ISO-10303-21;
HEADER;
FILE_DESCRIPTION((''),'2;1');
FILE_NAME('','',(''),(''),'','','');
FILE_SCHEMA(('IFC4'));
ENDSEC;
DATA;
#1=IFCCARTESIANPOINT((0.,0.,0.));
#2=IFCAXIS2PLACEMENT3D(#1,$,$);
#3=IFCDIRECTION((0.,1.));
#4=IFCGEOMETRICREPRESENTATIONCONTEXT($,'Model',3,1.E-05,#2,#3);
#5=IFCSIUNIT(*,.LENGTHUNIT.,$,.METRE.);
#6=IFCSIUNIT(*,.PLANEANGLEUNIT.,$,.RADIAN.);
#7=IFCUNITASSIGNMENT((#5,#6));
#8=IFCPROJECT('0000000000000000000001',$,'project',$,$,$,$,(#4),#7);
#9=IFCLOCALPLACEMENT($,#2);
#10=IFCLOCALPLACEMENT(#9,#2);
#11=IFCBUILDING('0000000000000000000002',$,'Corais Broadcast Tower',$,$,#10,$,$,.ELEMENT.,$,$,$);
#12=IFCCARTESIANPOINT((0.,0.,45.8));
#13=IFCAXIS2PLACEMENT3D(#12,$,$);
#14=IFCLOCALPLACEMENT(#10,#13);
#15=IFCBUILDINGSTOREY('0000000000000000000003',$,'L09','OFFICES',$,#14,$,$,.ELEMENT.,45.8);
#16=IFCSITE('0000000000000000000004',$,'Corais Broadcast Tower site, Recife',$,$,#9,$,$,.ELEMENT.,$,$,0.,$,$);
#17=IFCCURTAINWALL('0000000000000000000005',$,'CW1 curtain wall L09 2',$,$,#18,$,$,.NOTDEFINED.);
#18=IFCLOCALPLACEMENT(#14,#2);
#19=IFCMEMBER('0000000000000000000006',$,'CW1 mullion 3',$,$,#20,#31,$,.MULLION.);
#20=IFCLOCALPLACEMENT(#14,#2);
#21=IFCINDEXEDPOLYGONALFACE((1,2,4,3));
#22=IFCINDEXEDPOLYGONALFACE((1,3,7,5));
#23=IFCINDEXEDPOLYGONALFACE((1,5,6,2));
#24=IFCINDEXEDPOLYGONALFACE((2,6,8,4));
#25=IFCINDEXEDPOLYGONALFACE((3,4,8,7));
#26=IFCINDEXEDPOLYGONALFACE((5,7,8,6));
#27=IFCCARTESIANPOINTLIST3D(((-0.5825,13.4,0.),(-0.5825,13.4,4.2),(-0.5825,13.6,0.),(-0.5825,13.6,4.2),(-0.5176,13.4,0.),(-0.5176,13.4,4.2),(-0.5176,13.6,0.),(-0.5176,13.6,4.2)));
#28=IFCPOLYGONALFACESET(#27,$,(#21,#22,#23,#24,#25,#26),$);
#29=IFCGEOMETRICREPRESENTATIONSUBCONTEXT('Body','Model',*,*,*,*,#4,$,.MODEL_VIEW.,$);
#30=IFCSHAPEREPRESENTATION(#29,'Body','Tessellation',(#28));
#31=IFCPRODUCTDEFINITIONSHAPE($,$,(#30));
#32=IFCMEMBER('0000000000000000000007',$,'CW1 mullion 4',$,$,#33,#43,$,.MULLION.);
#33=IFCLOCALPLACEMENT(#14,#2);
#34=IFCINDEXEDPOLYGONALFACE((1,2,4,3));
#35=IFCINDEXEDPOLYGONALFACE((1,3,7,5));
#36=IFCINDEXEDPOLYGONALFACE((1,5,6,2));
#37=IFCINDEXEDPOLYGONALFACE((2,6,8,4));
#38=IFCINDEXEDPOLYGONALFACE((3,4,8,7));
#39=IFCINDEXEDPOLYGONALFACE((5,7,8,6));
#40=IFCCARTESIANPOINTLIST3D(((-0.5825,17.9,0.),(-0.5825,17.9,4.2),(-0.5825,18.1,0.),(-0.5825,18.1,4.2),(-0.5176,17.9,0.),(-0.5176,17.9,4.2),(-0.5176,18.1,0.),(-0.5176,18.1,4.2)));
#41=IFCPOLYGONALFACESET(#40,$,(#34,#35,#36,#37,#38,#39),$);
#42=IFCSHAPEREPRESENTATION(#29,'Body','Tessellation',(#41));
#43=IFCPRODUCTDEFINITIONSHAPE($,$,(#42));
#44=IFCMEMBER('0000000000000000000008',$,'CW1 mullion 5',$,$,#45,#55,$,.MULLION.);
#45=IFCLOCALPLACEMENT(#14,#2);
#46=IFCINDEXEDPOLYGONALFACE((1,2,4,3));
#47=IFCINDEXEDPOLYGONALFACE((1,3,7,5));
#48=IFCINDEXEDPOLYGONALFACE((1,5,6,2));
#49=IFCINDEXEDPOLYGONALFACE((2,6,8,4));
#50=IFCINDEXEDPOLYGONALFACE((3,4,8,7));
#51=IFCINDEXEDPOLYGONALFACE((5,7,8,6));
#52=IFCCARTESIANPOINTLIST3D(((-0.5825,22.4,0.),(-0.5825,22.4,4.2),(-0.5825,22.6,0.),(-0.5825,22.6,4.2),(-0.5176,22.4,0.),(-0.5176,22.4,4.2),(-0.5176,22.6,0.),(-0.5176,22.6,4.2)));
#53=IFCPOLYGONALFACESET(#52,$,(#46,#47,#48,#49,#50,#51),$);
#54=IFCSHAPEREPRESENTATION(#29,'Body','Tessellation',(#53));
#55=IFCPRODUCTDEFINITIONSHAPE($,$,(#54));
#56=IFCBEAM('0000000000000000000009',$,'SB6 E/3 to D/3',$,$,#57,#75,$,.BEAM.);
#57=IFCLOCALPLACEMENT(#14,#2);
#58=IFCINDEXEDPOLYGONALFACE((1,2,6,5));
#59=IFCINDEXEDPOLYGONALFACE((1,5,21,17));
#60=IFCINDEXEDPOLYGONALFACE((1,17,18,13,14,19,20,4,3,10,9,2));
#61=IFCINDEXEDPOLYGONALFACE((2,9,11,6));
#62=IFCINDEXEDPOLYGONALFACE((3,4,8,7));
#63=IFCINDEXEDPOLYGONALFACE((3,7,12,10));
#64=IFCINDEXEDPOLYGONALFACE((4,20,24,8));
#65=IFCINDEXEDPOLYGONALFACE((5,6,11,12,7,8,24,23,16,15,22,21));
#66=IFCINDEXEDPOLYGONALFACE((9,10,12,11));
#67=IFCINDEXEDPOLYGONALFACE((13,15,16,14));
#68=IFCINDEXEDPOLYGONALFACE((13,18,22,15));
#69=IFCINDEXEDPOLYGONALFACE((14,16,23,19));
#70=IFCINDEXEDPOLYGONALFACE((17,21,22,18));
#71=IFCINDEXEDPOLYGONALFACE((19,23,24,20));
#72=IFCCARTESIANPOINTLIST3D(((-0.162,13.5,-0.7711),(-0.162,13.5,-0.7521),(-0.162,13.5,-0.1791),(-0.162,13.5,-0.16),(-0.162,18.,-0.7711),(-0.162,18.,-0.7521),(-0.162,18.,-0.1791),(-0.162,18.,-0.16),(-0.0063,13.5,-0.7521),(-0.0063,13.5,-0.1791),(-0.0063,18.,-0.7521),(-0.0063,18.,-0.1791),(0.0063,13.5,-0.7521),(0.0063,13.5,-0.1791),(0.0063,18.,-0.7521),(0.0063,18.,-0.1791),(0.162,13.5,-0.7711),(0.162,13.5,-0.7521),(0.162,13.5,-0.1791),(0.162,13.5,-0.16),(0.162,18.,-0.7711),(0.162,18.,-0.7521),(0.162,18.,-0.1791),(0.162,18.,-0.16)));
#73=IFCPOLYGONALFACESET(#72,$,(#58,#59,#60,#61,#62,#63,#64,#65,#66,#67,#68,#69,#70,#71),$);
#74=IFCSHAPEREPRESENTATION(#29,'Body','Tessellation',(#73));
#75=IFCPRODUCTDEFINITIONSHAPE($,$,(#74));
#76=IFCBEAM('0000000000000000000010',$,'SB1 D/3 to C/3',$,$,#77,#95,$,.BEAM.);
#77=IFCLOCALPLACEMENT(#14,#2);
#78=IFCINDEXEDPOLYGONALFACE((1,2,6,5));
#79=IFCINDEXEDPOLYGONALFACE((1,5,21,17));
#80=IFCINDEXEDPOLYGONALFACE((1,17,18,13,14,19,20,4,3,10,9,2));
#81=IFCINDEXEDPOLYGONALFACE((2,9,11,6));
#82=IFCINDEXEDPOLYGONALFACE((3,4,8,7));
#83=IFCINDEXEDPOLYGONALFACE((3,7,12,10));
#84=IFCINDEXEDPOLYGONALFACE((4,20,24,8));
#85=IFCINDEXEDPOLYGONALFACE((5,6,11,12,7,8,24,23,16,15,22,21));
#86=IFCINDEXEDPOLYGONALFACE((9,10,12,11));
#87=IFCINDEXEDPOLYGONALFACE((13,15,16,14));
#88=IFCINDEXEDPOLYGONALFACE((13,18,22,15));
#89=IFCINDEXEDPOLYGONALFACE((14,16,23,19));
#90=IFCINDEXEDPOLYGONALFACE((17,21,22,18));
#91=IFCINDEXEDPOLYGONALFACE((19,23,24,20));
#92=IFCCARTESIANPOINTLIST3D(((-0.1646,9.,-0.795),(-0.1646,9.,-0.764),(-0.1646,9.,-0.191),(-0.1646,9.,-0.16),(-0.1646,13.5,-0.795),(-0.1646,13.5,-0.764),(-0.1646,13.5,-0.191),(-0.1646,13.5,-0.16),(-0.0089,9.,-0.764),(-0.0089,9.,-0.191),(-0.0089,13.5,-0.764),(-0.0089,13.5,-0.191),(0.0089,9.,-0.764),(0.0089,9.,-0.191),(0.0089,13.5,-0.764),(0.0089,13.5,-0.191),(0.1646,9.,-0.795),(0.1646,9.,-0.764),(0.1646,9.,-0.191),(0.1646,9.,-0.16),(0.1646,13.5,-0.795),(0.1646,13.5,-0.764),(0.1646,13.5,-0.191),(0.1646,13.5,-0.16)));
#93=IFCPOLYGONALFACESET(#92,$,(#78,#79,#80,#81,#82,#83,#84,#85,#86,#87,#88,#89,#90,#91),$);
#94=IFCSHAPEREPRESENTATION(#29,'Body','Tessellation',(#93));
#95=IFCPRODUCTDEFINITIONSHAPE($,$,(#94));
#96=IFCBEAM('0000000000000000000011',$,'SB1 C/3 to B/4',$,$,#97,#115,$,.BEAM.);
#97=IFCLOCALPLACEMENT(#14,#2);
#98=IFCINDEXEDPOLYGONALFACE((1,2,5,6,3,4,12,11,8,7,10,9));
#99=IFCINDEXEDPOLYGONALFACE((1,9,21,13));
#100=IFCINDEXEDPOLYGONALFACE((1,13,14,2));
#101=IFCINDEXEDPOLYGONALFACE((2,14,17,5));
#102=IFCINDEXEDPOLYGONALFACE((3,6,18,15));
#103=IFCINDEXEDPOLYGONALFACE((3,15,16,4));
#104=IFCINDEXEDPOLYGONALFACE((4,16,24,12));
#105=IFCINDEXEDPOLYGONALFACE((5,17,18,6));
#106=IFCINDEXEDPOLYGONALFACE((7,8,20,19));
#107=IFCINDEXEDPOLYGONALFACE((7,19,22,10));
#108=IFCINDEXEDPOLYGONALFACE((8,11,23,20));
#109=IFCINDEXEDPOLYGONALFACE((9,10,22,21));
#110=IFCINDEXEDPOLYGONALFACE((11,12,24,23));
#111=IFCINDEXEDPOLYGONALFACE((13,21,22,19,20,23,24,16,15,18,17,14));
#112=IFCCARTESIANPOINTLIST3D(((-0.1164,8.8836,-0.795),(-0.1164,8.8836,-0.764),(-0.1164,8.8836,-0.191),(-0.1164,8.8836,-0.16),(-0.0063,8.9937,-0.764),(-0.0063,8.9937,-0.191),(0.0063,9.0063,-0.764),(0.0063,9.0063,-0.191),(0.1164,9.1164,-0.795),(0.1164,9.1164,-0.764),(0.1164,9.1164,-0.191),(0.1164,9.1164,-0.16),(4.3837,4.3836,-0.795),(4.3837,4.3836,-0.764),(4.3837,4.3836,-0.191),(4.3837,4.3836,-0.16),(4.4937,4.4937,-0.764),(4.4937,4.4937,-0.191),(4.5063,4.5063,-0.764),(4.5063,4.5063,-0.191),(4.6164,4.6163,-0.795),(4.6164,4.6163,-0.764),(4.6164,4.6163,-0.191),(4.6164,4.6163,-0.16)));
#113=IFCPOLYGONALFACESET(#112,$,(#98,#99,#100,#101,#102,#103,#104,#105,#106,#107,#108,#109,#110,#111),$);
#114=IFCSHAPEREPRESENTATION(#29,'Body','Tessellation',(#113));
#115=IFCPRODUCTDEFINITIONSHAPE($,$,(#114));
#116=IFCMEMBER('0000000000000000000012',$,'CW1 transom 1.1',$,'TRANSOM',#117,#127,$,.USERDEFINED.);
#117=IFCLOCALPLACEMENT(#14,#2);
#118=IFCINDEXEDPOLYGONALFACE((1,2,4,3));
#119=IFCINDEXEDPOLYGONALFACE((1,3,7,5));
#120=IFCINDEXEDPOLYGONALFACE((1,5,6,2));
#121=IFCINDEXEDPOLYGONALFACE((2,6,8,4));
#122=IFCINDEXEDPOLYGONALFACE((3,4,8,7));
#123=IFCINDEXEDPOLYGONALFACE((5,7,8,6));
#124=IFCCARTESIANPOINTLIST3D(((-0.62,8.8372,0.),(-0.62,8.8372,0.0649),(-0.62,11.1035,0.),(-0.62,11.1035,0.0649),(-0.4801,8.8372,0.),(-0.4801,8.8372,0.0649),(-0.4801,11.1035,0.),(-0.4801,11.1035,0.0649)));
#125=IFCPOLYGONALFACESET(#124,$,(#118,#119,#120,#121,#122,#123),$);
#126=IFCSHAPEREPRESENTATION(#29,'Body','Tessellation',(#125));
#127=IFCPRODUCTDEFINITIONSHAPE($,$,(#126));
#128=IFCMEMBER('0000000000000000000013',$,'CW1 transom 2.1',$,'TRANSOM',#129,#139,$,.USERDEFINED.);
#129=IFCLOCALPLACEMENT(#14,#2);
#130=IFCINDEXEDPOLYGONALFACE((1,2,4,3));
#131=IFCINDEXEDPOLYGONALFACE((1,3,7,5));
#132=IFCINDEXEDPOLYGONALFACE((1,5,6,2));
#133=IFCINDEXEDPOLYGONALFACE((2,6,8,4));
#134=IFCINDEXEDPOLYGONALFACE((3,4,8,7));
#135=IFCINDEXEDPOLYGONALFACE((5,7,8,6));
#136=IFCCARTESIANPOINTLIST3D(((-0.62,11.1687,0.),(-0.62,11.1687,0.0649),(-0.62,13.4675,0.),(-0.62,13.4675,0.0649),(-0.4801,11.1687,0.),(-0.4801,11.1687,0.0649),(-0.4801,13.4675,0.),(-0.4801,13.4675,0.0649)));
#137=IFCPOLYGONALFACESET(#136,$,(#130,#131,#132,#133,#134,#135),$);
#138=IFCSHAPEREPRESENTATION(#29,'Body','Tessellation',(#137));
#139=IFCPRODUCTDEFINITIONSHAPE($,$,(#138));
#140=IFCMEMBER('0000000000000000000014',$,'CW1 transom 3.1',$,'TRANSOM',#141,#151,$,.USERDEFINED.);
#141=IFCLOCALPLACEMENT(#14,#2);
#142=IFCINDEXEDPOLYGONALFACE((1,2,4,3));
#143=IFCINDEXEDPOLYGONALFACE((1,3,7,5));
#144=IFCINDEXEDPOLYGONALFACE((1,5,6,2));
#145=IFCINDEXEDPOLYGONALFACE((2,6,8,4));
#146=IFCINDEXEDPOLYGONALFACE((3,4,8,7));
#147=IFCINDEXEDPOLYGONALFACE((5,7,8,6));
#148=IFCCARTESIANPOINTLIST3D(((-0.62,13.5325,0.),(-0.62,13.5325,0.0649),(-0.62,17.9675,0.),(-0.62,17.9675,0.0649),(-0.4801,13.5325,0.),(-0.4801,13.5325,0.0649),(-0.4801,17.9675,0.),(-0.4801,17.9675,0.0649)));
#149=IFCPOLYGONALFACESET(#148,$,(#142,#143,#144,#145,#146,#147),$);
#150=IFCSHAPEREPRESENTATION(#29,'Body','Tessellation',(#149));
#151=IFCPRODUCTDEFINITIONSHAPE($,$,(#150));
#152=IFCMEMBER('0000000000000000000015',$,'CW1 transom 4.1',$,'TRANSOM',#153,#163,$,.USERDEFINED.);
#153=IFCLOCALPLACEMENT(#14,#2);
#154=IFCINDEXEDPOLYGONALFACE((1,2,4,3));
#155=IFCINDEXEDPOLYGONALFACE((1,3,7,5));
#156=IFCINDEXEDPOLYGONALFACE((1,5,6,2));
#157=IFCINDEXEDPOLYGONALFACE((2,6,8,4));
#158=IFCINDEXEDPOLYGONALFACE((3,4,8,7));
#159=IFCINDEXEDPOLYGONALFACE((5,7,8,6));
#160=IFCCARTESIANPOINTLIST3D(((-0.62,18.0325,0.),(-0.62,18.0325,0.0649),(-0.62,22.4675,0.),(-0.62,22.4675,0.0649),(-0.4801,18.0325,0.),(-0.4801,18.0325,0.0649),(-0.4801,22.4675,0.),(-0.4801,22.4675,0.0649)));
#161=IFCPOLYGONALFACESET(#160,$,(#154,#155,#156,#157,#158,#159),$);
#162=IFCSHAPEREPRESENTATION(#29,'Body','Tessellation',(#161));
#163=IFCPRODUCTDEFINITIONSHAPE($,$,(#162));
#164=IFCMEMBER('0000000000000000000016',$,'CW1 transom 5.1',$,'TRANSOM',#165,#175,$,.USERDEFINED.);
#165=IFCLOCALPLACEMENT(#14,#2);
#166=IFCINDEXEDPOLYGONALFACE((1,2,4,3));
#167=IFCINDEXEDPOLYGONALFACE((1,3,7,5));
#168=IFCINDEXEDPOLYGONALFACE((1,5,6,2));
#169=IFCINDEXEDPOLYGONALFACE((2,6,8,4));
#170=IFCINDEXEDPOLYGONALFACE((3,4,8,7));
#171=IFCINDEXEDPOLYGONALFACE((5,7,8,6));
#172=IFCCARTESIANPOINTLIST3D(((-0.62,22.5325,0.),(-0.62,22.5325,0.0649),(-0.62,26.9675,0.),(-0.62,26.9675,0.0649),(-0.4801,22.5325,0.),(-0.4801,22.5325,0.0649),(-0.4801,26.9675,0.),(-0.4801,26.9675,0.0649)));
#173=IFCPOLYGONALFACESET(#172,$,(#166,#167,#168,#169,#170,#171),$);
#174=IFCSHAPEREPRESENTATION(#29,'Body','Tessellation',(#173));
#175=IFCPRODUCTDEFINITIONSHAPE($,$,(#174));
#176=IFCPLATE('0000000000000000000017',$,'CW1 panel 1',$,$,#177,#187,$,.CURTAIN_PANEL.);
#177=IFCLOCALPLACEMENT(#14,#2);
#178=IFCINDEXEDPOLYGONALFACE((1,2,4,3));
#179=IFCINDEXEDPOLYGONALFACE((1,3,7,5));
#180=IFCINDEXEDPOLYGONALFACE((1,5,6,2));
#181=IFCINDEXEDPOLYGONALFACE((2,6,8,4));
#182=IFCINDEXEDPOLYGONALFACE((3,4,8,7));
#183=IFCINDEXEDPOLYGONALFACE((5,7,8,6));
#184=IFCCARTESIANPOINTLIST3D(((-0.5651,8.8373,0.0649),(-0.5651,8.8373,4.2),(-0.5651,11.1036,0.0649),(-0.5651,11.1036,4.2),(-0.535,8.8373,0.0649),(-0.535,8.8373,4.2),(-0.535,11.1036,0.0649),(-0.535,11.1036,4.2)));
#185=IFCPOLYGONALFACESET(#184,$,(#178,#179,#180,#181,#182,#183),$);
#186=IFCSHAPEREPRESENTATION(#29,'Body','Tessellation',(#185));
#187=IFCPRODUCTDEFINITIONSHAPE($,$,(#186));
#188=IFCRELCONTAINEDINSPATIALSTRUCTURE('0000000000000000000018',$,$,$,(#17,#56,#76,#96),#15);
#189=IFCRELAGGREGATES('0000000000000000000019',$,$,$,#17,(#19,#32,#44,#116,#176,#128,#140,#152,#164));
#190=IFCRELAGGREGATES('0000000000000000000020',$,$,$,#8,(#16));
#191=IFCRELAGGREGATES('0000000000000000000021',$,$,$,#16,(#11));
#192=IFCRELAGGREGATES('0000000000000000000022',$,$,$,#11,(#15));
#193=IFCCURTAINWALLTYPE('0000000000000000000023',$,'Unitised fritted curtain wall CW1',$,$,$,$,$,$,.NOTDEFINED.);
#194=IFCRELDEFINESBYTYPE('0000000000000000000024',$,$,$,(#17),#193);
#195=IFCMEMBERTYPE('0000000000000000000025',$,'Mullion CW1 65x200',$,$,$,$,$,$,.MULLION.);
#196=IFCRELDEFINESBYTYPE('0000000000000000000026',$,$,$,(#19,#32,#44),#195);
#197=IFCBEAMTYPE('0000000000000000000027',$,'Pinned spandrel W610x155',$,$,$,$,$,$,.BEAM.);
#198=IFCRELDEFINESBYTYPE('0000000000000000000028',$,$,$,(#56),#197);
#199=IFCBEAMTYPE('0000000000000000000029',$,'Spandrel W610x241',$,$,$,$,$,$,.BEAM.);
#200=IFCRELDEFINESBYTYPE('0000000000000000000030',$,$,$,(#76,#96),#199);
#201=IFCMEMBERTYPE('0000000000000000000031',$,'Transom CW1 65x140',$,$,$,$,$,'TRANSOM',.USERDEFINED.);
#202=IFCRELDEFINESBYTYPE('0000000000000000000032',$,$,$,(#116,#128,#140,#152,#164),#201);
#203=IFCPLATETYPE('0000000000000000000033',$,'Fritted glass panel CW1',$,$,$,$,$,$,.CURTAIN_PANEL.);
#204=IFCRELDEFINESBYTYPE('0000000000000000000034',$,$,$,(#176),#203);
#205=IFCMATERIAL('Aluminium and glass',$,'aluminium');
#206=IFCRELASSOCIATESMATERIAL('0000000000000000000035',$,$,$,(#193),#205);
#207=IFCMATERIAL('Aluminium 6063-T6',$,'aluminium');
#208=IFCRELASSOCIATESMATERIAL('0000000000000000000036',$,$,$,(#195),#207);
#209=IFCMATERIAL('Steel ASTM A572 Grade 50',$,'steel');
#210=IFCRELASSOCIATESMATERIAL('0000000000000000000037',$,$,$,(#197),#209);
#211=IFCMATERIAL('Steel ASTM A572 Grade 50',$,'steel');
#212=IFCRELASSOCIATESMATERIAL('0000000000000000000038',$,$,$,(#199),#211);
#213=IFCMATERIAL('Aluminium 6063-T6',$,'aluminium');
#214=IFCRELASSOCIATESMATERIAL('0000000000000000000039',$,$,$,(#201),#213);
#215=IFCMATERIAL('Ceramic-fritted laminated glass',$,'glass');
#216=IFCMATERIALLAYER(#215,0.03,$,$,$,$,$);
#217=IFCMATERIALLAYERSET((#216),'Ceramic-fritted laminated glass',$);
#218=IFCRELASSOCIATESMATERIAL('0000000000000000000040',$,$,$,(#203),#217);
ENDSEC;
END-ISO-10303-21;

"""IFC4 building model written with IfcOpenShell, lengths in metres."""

from ifc_helpers import new_model, si_unit, direction, frame, origin, origin_2d, place, context, subcontext, project, spatial, rectangle, i_section, extrude, material, layer, layer_set, material_profile, profile_set, type_object, element, aggregate, save


model = new_model("IFC4")

# Units and contexts
model_context = context("Model", 3, precision=1e-05, world=origin(), true_north=direction((0.0, 1.0)))
body_context = subcontext(model_context, "Body", "Model", "MODEL_VIEW")
ifc_project = project(units=[si_unit("LENGTHUNIT", "METRE"), si_unit("PLANEANGLEUNIT", "RADIAN")], contexts=[model_context])

# Site, building, storey
site_placement = place(None, origin())
site = spatial("IfcSite", under=ifc_project, at=site_placement, Name="Corais Broadcast Tower site, Recife", CompositionType="ELEMENT", RefElevation=0.0)
building_placement = place(site_placement, origin())
building = spatial("IfcBuilding", under=site, at=building_placement, Name="Corais Broadcast Tower", CompositionType="ELEMENT")
storey_placement = place(building_placement, frame((0.0, 0.0, 45.8)))
storey = spatial("IfcBuildingStorey", under=building, at=storey_placement, Name="L09", Description="OFFICES", CompositionType="ELEMENT", Elevation=45.8)

# Shared definitions
ifc_material_1 = material(Name="Aluminium and glass", Category="aluminium")
curtain_wall_type = type_object("IfcCurtainWallType", Name="Unitised fritted curtain wall CW1", PredefinedType="NOTDEFINED", material=ifc_material_1)
ifc_material_2 = material(Name="Aluminium 6063-T6", Category="aluminium")
ifc_material_profile_1 = material_profile(ifc_material_2, rectangle(XDim=0.0649, YDim=0.2, at=origin_2d()), Name="Mullion CW1 65x200")
ifc_profile_set_1 = profile_set([ifc_material_profile_1], Name="Aluminium 6063-T6")
member_type_1 = type_object("IfcMemberType", Name="Mullion CW1 65x200", PredefinedType="MULLION", material=ifc_profile_set_1)

# Curtain wall, members
curtain_wall_1_placement = place(storey_placement, origin())
curtain_wall_1 = element("IfcCurtainWall", 1, at=curtain_wall_1_placement, inside=storey, type_object=curtain_wall_type, Name="CW1 curtain wall L09 2", PredefinedType="NOTDEFINED")
member_1_placement = place(storey_placement, frame((-0.55, 13.5, 0.0), z_axis=(0.0, 0.0, 1.0), x_axis=(-1.0, 0.0, 0.0)))
member_1 = element("IfcMember", 2, at=member_1_placement, type_object=member_type_1, Name="CW1 mullion 3", PredefinedType="MULLION", context=body_context, shape_type="SweptSolid", body=[
    extrude(rectangle(XDim=0.0649, YDim=0.2, at=origin_2d()), origin(), (0.0, 0.0, 1.0), 4.2),
])
member_2_placement = place(storey_placement, frame((-0.55, 18.0, 0.0), z_axis=(0.0, 0.0, 1.0), x_axis=(-1.0, 0.0, 0.0)))
member_2 = element("IfcMember", 3, at=member_2_placement, type_object=member_type_1, Name="CW1 mullion 4", PredefinedType="MULLION", context=body_context, shape_type="SweptSolid", body=[
    extrude(rectangle(XDim=0.0649, YDim=0.2, at=origin_2d()), origin(), (0.0, 0.0, 1.0), 4.2),
])
member_3_placement = place(storey_placement, frame((-0.55, 22.5, 0.0), z_axis=(0.0, 0.0, 1.0), x_axis=(-1.0, 0.0, 0.0)))
member_3 = element("IfcMember", 4, at=member_3_placement, type_object=member_type_1, Name="CW1 mullion 5", PredefinedType="MULLION", context=body_context, shape_type="SweptSolid", body=[
    extrude(rectangle(XDim=0.0649, YDim=0.2, at=origin_2d()), origin(), (0.0, 0.0, 1.0), 4.2),
])

# Beams
ifc_material_3 = material(Name="Steel ASTM A572 Grade 50", Category="steel")
ifc_material_profile_2 = material_profile(ifc_material_3, i_section(OverallWidth=0.324, OverallDepth=0.6111, WebThickness=0.0127, FlangeThickness=0.019, at=origin_2d()), Name="W610x155")
ifc_profile_set_2 = profile_set([ifc_material_profile_2], Name="Steel ASTM A572 Grade 50")
beam_type_1 = type_object("IfcBeamType", Name="Pinned spandrel W610x155", PredefinedType="BEAM", material=ifc_profile_set_2)
beam_1_placement = place(storey_placement, frame((0.0, 18.0, -0.4656), z_axis=(0.0, -1.0, 0.0), x_axis=(1.0, 0.0, 0.0)))
element("IfcBeam", 5, at=beam_1_placement, inside=storey, type_object=beam_type_1, Name="SB6 E/3 to D/3", PredefinedType="BEAM", context=body_context, shape_type="SweptSolid", body=[
    extrude(i_section(OverallWidth=0.324, OverallDepth=0.6111, WebThickness=0.0127, FlangeThickness=0.019, at=origin_2d()), origin(), (0.0, 0.0, 1.0), 4.5),
])
ifc_material_4 = material(Name="Steel ASTM A572 Grade 50", Category="steel")
ifc_material_profile_3 = material_profile(ifc_material_4, i_section(OverallWidth=0.3291, OverallDepth=0.635, WebThickness=0.0178, FlangeThickness=0.031, at=origin_2d()), Name="W610x241")
ifc_profile_set_3 = profile_set([ifc_material_profile_3], Name="Steel ASTM A572 Grade 50")
beam_type_2 = type_object("IfcBeamType", Name="Spandrel W610x241", PredefinedType="BEAM", material=ifc_profile_set_3)
beam_2_placement = place(storey_placement, frame((0.0, 13.5, -0.4775), z_axis=(0.0, -1.0, 0.0), x_axis=(1.0, 0.0, 0.0)))
element("IfcBeam", 6, at=beam_2_placement, inside=storey, type_object=beam_type_2, Name="SB1 D/3 to C/3", PredefinedType="BEAM", context=body_context, shape_type="SweptSolid", body=[
    extrude(i_section(OverallWidth=0.3291, OverallDepth=0.635, WebThickness=0.0178, FlangeThickness=0.031, at=origin_2d()), origin(), (0.0, 0.0, 1.0), 4.5),
])
beam_3_placement = place(storey_placement, frame((0.0, 9.0, -0.4775), z_axis=(0.707107, -0.707107, 0.0), x_axis=(0.707107, 0.707107, 0.0)))
element("IfcBeam", 7, at=beam_3_placement, inside=storey, type_object=beam_type_2, Name="SB1 C/3 to B/4", PredefinedType="BEAM", context=body_context, shape_type="SweptSolid", body=[
    extrude(i_section(OverallWidth=0.3291, OverallDepth=0.635, WebThickness=0.0178, FlangeThickness=0.031, at=origin_2d()), origin(), (0.0, 0.0, 1.0), 6.364),
])

# Members
ifc_material_5 = material(Name="Aluminium 6063-T6", Category="aluminium")
ifc_material_profile_4 = material_profile(ifc_material_5, rectangle(XDim=0.1399, YDim=0.0649, at=origin_2d()), Name="Transom CW1 65x140")
ifc_profile_set_4 = profile_set([ifc_material_profile_4], Name="Aluminium 6063-T6")
member_type_2 = type_object("IfcMemberType", Name="Transom CW1 65x140", ElementType="TRANSOM", PredefinedType="USERDEFINED", material=ifc_profile_set_4)
member_4_placement = place(storey_placement, frame((-0.55, 8.8372, 0.0325), z_axis=(0.0, 1.0, 0.0), x_axis=(-1.0, 0.0, 0.0)))
member_4 = element("IfcMember", 8, at=member_4_placement, type_object=member_type_2, Name="CW1 transom 1.1", ObjectType="TRANSOM", PredefinedType="USERDEFINED", context=body_context, shape_type="SweptSolid", body=[
    extrude(rectangle(XDim=0.1399, YDim=0.0649, at=origin_2d()), origin(), (0.0, 0.0, 1.0), 2.2664),
])
member_5_placement = place(storey_placement, frame((-0.55, 11.1687, 0.0325), z_axis=(0.0, 1.0, 0.0), x_axis=(-1.0, 0.0, 0.0)))
member_5 = element("IfcMember", 9, at=member_5_placement, type_object=member_type_2, Name="CW1 transom 2.1", ObjectType="TRANSOM", PredefinedType="USERDEFINED", context=body_context, shape_type="SweptSolid", body=[
    extrude(rectangle(XDim=0.1399, YDim=0.0649, at=origin_2d()), origin(), (0.0, 0.0, 1.0), 2.2988),
])
member_6_placement = place(storey_placement, frame((-0.55, 13.5325, 0.0325), z_axis=(0.0, 1.0, 0.0), x_axis=(-1.0, 0.0, 0.0)))
member_6 = element("IfcMember", 10, at=member_6_placement, type_object=member_type_2, Name="CW1 transom 3.1", ObjectType="TRANSOM", PredefinedType="USERDEFINED", context=body_context, shape_type="SweptSolid", body=[
    extrude(rectangle(XDim=0.1399, YDim=0.0649, at=origin_2d()), origin(), (0.0, 0.0, 1.0), 4.4351),
])
member_7_placement = place(storey_placement, frame((-0.55, 18.0325, 0.0325), z_axis=(0.0, 1.0, 0.0), x_axis=(-1.0, 0.0, 0.0)))
member_7 = element("IfcMember", 11, at=member_7_placement, type_object=member_type_2, Name="CW1 transom 4.1", ObjectType="TRANSOM", PredefinedType="USERDEFINED", context=body_context, shape_type="SweptSolid", body=[
    extrude(rectangle(XDim=0.1399, YDim=0.0649, at=origin_2d()), origin(), (0.0, 0.0, 1.0), 4.4351),
])
member_8_placement = place(storey_placement, frame((-0.55, 22.5325, 0.0325), z_axis=(0.0, 1.0, 0.0), x_axis=(-1.0, 0.0, 0.0)))
member_8 = element("IfcMember", 12, at=member_8_placement, type_object=member_type_2, Name="CW1 transom 5.1", ObjectType="TRANSOM", PredefinedType="USERDEFINED", context=body_context, shape_type="SweptSolid", body=[
    extrude(rectangle(XDim=0.1399, YDim=0.0649, at=origin_2d()), origin(), (0.0, 0.0, 1.0), 4.4351),
])

# Plate
ifc_material_6 = material(Name="Ceramic-fritted laminated glass", Category="glass")
ifc_layer_1 = layer(ifc_material_6, 0.03)
ifc_layer_set_1 = layer_set([ifc_layer_1], Name="Ceramic-fritted laminated glass")
plate_type_1 = type_object("IfcPlateType", Name="Fritted glass panel CW1", PredefinedType="CURTAIN_PANEL", material=ifc_layer_set_1)
plate_1_placement = place(storey_placement, frame((-0.55, 9.9705, 0.0649), z_axis=(0.0, 0.0, 1.0), x_axis=(0.0, 1.0, 0.0)))
plate_1 = element("IfcPlate", 13, at=plate_1_placement, type_object=plate_type_1, Name="CW1 panel 1", PredefinedType="CURTAIN_PANEL", context=body_context, shape_type="SweptSolid", body=[
    extrude(rectangle(XDim=2.2664, YDim=0.03, at=origin_2d()), origin(), (0.0, 0.0, 1.0), 4.135),
])
aggregate(curtain_wall_1, [member_1, member_2, member_3, member_4, plate_1, member_5, member_6, member_7, member_8])

save(model, "model.ifc")
